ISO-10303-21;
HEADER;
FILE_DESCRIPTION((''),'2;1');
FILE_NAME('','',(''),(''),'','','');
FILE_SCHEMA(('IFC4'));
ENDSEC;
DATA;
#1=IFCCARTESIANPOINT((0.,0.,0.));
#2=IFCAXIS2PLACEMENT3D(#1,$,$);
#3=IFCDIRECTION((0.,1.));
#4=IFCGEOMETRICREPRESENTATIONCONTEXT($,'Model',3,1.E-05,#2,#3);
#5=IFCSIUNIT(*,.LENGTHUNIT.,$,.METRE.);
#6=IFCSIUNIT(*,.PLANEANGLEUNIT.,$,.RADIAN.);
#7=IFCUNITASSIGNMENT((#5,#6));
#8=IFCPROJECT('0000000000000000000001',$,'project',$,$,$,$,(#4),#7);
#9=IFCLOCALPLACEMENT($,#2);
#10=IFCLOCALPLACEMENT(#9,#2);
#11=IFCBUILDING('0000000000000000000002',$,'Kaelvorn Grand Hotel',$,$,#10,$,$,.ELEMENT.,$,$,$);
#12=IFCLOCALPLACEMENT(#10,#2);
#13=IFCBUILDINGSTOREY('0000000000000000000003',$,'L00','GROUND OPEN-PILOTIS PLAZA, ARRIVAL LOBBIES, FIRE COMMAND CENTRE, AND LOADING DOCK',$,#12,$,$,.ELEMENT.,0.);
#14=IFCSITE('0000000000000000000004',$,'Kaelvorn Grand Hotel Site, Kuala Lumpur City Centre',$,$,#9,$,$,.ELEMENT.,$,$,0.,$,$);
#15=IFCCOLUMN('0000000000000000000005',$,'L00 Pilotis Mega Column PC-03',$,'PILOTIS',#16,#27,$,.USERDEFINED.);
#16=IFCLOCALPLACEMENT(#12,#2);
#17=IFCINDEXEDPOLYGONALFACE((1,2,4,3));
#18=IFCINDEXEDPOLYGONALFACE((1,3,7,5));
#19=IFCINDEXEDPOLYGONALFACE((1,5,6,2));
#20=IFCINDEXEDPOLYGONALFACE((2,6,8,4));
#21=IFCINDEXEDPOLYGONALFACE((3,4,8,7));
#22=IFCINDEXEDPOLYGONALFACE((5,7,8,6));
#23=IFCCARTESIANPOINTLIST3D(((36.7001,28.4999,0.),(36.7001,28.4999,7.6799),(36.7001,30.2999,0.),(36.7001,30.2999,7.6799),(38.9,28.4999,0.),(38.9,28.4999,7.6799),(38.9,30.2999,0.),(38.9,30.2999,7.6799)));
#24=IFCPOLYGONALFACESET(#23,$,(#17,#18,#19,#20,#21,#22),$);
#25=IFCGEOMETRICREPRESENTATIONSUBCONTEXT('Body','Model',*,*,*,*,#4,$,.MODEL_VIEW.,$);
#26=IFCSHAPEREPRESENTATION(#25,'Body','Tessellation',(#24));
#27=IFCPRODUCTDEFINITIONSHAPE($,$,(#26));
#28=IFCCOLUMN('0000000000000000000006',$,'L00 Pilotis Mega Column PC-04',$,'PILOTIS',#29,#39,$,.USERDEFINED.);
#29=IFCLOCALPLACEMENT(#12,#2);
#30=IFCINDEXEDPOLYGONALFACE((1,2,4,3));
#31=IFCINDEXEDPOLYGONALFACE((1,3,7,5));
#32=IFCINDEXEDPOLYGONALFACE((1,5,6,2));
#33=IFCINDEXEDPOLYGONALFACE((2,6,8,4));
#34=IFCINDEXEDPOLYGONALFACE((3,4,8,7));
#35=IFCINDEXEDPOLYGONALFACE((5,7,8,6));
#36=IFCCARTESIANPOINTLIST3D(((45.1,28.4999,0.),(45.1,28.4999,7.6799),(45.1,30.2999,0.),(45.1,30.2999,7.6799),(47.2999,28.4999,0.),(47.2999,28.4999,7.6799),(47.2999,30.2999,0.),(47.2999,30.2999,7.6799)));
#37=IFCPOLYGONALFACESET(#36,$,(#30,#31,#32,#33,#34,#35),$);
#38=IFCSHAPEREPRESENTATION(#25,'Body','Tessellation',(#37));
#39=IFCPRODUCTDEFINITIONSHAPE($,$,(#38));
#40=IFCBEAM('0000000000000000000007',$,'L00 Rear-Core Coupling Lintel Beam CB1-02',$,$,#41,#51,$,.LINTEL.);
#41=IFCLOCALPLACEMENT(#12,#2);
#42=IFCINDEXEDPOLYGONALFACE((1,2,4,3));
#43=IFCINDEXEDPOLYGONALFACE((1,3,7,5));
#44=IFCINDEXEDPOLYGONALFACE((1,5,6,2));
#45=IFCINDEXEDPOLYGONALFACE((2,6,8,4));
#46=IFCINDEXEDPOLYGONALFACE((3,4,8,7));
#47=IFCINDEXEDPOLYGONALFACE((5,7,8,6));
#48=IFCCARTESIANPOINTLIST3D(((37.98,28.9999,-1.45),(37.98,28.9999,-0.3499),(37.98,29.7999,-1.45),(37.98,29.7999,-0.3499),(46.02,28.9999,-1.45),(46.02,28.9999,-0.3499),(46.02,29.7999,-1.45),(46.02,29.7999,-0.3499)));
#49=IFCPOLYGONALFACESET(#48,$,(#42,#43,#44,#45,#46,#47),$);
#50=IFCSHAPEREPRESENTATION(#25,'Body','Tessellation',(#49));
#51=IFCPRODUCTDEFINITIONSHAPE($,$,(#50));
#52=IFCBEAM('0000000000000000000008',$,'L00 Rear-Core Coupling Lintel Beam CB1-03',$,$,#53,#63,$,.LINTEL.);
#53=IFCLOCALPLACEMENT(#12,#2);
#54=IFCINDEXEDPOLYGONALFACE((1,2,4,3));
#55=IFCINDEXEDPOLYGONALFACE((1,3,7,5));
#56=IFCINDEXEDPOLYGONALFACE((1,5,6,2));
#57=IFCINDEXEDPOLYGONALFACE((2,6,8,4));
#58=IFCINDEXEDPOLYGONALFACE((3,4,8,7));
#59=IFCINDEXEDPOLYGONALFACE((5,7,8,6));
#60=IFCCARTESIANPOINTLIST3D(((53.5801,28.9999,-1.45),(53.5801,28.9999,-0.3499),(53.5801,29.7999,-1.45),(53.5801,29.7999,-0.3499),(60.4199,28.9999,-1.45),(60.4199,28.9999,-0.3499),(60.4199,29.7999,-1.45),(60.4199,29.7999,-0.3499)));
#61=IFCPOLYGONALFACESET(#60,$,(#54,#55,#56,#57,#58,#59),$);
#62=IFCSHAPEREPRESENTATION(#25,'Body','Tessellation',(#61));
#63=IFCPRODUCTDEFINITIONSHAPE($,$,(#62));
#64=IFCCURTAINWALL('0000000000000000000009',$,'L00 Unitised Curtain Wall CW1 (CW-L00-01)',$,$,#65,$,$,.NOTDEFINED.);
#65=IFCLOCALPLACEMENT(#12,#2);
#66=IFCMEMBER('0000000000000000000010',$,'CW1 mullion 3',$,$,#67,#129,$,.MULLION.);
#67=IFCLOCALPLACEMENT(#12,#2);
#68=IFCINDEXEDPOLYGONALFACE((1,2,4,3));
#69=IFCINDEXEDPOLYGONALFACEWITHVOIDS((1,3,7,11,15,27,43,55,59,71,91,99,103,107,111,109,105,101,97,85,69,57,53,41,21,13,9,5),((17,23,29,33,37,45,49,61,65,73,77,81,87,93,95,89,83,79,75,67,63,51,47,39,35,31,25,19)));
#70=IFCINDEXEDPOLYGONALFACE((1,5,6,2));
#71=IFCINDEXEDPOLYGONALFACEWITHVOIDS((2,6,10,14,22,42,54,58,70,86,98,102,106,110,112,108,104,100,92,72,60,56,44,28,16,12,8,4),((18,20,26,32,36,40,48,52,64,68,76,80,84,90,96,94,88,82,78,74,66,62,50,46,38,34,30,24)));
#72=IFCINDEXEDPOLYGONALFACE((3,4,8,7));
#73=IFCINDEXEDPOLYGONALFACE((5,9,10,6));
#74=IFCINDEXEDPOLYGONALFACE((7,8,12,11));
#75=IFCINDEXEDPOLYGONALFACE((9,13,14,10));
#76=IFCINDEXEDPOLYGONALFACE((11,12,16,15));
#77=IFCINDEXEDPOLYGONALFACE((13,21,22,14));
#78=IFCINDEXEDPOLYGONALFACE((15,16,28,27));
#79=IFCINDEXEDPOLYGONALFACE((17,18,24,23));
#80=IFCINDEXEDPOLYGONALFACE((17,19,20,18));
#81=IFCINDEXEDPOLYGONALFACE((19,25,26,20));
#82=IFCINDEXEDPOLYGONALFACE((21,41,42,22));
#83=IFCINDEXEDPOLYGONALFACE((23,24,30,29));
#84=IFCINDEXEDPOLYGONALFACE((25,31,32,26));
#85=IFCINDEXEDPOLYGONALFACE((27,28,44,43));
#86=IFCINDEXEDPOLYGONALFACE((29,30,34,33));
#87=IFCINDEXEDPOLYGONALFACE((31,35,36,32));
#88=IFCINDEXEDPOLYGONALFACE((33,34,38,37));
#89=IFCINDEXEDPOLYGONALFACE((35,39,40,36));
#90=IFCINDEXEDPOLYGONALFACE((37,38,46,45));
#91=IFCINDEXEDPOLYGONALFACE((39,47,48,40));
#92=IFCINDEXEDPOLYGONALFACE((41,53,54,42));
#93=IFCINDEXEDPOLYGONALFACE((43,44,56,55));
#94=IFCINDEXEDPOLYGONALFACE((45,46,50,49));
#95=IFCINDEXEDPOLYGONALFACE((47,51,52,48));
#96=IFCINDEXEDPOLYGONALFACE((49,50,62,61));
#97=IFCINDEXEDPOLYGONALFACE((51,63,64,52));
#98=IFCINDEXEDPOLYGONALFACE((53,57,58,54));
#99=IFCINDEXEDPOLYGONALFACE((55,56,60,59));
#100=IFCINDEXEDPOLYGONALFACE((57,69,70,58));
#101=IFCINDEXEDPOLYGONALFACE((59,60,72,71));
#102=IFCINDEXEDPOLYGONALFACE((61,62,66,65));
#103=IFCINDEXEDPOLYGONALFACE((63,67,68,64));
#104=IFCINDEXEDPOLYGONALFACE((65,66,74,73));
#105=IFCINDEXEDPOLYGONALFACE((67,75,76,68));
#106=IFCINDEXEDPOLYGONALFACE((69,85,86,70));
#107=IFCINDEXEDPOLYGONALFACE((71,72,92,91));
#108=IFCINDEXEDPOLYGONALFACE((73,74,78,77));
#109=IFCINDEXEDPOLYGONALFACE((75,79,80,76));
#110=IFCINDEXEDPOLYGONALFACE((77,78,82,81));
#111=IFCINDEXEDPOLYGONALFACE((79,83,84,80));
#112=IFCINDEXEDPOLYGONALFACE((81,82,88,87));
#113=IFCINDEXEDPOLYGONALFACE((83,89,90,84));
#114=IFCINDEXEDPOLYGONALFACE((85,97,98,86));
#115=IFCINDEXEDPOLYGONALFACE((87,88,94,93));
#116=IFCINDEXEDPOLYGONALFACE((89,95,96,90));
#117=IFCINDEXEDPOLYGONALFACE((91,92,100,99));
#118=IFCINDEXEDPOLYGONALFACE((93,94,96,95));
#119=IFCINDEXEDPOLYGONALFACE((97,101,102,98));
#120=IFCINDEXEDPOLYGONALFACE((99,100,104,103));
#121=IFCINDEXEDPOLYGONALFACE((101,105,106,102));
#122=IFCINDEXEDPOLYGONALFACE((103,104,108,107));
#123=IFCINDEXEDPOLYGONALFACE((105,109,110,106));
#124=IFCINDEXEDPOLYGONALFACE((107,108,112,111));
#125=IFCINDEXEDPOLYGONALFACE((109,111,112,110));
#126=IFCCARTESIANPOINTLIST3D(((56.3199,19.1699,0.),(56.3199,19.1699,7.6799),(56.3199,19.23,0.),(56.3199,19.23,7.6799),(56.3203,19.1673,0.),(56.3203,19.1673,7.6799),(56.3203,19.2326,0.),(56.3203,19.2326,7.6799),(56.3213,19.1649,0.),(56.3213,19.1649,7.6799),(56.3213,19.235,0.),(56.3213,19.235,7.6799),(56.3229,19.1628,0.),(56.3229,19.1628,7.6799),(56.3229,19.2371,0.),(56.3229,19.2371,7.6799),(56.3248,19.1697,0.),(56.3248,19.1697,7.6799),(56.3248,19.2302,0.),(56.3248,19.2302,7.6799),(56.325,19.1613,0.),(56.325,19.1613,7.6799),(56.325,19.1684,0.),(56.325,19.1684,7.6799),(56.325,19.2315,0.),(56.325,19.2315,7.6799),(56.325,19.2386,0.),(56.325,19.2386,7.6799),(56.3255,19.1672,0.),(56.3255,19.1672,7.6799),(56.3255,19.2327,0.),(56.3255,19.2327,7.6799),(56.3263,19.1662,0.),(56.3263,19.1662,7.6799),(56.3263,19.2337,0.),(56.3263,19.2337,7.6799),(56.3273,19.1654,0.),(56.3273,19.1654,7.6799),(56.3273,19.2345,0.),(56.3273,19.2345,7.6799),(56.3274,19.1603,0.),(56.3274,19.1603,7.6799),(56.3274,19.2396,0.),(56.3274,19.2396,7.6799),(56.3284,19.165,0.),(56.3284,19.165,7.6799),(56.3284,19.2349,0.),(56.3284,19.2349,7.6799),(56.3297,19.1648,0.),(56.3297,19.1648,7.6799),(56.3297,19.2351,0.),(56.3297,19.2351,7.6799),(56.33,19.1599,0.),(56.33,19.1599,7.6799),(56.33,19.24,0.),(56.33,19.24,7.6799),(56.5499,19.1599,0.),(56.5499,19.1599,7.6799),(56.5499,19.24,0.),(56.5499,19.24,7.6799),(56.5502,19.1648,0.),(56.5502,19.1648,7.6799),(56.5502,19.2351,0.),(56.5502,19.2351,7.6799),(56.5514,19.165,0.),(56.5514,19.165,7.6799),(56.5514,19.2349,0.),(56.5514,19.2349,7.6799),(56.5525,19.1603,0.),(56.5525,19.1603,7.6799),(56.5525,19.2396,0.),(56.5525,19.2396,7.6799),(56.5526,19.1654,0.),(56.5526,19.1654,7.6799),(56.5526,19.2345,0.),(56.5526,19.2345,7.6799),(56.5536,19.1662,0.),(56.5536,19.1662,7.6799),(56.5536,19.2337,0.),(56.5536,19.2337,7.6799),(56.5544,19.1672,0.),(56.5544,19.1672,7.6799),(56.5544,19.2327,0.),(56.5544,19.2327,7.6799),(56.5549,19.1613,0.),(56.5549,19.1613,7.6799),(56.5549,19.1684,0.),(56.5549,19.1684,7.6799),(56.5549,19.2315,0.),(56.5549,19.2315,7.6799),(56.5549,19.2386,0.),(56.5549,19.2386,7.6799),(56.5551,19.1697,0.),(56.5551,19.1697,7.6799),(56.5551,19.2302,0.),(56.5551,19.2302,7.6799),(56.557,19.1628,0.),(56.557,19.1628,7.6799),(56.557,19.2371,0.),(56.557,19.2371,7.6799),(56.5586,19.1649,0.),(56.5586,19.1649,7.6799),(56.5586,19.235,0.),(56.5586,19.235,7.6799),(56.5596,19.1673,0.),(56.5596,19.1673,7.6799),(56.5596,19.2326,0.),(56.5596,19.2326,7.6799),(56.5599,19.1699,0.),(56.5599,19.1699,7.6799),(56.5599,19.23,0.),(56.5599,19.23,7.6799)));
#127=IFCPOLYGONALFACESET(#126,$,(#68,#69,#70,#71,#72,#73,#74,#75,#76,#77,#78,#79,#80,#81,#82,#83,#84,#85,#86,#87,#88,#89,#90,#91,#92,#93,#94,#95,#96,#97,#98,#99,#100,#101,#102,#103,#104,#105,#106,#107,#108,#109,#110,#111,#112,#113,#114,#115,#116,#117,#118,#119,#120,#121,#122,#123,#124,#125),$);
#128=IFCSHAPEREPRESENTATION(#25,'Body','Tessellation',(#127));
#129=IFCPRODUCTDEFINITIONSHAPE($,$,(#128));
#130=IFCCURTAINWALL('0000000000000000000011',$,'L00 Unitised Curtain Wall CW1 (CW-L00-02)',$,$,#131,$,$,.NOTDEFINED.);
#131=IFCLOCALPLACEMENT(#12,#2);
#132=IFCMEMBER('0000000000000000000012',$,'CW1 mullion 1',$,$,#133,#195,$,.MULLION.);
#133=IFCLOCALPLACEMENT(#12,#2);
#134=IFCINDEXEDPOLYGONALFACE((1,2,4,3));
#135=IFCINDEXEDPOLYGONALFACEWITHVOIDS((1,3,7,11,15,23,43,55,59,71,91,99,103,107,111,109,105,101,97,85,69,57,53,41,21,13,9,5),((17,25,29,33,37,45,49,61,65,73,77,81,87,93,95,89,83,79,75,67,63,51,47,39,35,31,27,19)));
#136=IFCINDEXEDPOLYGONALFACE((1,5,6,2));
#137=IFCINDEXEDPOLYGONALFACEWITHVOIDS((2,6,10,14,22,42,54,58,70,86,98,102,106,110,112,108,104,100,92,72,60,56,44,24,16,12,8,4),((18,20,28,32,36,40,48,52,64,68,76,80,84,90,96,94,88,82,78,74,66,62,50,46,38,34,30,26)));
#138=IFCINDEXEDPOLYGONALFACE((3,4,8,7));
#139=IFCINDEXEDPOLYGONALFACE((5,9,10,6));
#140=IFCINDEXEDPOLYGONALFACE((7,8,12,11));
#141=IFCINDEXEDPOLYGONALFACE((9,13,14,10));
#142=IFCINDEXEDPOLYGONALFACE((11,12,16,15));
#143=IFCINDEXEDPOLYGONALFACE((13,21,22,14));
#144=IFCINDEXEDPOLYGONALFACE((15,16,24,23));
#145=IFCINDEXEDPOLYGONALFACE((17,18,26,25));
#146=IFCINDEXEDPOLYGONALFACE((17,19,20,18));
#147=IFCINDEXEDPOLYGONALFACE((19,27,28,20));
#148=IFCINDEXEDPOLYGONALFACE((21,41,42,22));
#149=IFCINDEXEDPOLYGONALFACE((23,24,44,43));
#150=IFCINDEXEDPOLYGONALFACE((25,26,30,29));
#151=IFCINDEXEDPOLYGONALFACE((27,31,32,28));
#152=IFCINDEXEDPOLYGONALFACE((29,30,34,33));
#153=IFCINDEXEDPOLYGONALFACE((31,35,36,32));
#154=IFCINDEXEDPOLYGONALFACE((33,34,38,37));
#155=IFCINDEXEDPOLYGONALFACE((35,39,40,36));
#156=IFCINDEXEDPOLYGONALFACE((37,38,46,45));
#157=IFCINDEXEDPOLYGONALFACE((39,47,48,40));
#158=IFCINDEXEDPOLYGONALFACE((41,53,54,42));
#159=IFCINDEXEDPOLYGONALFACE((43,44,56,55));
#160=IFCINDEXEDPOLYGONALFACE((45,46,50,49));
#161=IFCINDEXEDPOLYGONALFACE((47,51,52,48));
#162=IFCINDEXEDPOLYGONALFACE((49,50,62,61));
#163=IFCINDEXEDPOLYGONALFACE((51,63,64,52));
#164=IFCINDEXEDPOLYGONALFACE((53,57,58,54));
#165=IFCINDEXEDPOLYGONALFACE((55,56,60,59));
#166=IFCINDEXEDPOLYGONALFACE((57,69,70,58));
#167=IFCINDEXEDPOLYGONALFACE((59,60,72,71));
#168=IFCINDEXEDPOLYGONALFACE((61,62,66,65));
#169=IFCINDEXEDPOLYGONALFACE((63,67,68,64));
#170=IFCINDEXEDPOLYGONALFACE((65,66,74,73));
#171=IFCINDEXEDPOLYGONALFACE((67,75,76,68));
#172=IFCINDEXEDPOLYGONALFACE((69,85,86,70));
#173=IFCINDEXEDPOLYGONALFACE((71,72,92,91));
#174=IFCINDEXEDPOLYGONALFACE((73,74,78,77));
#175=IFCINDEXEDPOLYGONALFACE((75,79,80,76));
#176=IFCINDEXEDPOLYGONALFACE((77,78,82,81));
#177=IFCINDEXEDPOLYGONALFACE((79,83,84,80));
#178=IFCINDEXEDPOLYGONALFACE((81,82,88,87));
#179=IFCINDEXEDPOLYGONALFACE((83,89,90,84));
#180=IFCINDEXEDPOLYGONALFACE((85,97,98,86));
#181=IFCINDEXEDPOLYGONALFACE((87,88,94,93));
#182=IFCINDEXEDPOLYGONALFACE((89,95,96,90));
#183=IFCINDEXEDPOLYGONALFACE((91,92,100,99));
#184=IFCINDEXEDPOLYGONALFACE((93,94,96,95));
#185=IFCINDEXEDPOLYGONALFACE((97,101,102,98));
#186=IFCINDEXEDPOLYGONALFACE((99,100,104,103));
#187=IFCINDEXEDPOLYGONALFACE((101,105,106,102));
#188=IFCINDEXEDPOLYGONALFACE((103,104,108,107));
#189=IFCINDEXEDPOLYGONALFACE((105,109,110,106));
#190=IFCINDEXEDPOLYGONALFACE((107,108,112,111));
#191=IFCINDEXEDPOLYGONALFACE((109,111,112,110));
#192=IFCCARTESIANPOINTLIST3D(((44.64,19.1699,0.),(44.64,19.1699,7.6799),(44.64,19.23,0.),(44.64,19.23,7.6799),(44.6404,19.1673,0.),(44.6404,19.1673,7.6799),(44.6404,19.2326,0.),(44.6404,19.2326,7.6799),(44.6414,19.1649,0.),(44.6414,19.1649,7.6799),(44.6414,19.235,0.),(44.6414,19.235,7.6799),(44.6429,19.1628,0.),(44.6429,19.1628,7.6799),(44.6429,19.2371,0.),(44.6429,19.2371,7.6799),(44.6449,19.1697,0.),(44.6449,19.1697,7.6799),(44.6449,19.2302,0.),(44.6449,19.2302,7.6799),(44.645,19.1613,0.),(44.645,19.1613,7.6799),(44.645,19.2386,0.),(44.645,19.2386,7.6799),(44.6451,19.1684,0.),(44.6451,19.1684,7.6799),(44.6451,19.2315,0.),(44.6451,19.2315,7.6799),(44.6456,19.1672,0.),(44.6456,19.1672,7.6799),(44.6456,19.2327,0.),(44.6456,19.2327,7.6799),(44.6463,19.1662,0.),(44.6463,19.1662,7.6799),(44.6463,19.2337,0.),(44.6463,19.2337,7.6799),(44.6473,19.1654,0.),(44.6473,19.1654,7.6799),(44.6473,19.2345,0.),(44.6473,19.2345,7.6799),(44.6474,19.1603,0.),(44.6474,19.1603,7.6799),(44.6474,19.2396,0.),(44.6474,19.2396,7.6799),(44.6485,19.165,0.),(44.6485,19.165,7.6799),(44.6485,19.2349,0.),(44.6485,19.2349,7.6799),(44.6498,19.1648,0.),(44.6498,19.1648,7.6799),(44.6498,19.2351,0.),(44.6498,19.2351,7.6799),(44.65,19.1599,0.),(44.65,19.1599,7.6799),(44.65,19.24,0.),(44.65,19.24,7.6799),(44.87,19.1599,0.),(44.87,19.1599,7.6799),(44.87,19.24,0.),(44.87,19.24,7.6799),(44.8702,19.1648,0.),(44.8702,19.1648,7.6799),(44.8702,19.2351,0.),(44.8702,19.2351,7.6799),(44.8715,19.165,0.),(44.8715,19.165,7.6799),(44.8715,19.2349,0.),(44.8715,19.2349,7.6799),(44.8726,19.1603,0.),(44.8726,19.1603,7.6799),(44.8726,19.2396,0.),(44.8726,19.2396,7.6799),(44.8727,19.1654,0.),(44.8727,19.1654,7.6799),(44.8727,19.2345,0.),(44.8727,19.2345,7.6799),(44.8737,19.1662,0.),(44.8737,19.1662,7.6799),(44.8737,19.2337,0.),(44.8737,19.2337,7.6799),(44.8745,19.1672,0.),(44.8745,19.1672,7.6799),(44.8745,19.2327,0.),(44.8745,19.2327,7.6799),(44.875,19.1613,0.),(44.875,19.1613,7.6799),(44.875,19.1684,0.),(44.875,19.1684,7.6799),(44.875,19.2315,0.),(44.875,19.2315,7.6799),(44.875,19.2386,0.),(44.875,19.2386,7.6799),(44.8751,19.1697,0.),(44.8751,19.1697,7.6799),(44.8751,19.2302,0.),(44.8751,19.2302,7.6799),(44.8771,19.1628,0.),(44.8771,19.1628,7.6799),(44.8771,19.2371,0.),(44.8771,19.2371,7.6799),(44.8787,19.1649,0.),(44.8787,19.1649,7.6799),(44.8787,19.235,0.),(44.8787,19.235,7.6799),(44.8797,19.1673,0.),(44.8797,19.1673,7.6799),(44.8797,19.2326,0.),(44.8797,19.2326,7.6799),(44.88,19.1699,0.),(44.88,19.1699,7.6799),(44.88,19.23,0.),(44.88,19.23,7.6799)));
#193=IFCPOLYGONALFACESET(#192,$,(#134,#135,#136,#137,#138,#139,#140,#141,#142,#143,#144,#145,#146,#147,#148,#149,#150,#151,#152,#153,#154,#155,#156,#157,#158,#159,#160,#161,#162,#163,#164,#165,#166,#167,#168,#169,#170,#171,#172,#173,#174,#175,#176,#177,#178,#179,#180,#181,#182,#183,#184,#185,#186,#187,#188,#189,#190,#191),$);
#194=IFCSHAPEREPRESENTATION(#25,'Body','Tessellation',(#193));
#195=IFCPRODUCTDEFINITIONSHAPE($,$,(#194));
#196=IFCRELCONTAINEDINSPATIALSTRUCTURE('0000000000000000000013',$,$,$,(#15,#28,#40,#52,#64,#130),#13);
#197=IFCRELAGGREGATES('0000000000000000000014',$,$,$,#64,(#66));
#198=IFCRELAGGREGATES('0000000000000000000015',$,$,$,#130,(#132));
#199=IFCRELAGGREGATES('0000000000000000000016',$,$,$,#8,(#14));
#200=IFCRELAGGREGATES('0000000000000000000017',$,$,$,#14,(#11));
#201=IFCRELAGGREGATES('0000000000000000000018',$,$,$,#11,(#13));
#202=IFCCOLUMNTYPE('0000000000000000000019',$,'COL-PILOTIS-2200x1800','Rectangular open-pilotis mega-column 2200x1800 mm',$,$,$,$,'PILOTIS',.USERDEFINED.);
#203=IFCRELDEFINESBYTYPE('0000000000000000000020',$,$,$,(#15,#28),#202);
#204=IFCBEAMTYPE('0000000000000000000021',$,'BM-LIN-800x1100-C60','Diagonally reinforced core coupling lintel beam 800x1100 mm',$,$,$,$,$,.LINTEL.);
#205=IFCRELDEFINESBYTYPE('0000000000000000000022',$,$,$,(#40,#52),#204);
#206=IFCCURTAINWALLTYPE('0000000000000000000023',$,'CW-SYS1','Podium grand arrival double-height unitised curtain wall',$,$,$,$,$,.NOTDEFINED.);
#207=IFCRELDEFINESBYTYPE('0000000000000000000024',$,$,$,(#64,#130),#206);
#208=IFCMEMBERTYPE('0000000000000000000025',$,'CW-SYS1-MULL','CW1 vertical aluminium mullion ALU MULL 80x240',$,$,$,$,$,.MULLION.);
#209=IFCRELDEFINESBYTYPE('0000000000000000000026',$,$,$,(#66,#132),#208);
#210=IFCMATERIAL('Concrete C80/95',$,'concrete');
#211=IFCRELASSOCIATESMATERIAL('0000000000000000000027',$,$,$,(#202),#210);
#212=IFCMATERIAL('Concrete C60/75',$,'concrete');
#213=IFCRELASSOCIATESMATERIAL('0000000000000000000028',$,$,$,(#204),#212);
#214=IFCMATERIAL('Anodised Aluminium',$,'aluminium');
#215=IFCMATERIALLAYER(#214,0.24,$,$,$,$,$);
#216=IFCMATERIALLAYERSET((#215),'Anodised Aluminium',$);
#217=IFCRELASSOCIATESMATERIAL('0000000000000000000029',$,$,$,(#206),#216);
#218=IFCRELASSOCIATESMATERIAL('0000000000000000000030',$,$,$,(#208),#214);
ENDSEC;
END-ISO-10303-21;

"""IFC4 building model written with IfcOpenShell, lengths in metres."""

from ifc_helpers import new_model, si_unit, direction, frame, origin, origin_2d, place, context, subcontext, project, spatial, rectangle, hollow_rectangle, extrude, material, layer, layer_set, material_profile, profile_set, type_object, element, aggregate, save


model = new_model("IFC4")

# Units and contexts
model_context = context("Model", 3, precision=1e-05, world=origin(), true_north=direction((0.0, 1.0)))
body_context = subcontext(model_context, "Body", "Model", "MODEL_VIEW")
ifc_project = project(units=[si_unit("LENGTHUNIT", "METRE"), si_unit("PLANEANGLEUNIT", "RADIAN")], contexts=[model_context])

# Site, building, storey
site_placement = place(None, origin())
site = spatial("IfcSite", under=ifc_project, at=site_placement, Name="Kaelvorn Grand Hotel Site, Kuala Lumpur City Centre", CompositionType="ELEMENT", RefElevation=0.0)
building_placement = place(site_placement, origin())
building = spatial("IfcBuilding", under=site, at=building_placement, Name="Kaelvorn Grand Hotel", CompositionType="ELEMENT")
storey_placement = place(building_placement, origin())
storey = spatial("IfcBuildingStorey", under=building, at=storey_placement, Name="L00", Description="GROUND OPEN-PILOTIS PLAZA, ARRIVAL LOBBIES, FIRE COMMAND CENTRE, AND LOADING DOCK", CompositionType="ELEMENT", Elevation=0.0)

# Columns
ifc_material_1 = material(Name="Concrete C80/95", Category="concrete")
ifc_material_profile_1 = material_profile(ifc_material_1, rectangle(XDim=2.2, YDim=1.8, at=origin_2d()), Name="PILOTIS 2200x1800")
ifc_profile_set_1 = profile_set([ifc_material_profile_1], Name="Concrete C80/95")
column_type = type_object("IfcColumnType", Name="COL-PILOTIS-2200x1800", Description="Rectangular open-pilotis mega-column 2200x1800 mm", ElementType="PILOTIS", PredefinedType="USERDEFINED", material=ifc_profile_set_1)
for number, where, z_axis, x_axis, name in (
    (1, (37.8, 29.3999, 0.0), (0.0, 0.0, 1.0), (1.0, 0.0, 0.0), "L00 Pilotis Mega Column PC-03"),
    (2, (46.2, 29.3999, 0.0), (0.0, 0.0, 1.0), (1.0, 0.0, 0.0), "L00 Pilotis Mega Column PC-04"),
):
    element("IfcColumn", number, at=place(storey_placement, frame(where, z_axis=z_axis, x_axis=x_axis)), inside=storey, type_object=column_type, Name=name, ObjectType="PILOTIS", PredefinedType="USERDEFINED", context=body_context, shape_type="SweptSolid", body=[
        extrude(rectangle(XDim=2.2, YDim=1.8, at=origin_2d()), origin(), (0.0, 0.0, 1.0), 7.6799),
    ])

# Beams
ifc_material_2 = material(Name="Concrete C60/75", Category="concrete")
ifc_material_profile_2 = material_profile(ifc_material_2, rectangle(XDim=0.8, YDim=1.1001, at=origin_2d()), Name="RC LINTEL 800x1100")
ifc_profile_set_2 = profile_set([ifc_material_profile_2], Name="Concrete C60/75")
beam_type = type_object("IfcBeamType", Name="BM-LIN-800x1100-C60", Description="Diagonally reinforced core coupling lintel beam 800x1100 mm", PredefinedType="LINTEL", material=ifc_profile_set_2)
beam_1_placement = place(storey_placement, frame((37.98, 29.3999, -0.8999), z_axis=(1.0, 0.0, 0.0), x_axis=(0.0, 1.0, 0.0)))
element("IfcBeam", 3, at=beam_1_placement, inside=storey, type_object=beam_type, Name="L00 Rear-Core Coupling Lintel Beam CB1-02", PredefinedType="LINTEL", context=body_context, shape_type="SweptSolid", body=[
    extrude(rectangle(XDim=0.8, YDim=1.1001, at=origin_2d()), origin(), (0.0, 0.0, 1.0), 8.04),
])
beam_2_placement = place(storey_placement, frame((53.5801, 29.3999, -0.8999), z_axis=(1.0, 0.0, 0.0), x_axis=(0.0, 1.0, 0.0)))
element("IfcBeam", 4, at=beam_2_placement, inside=storey, type_object=beam_type, Name="L00 Rear-Core Coupling Lintel Beam CB1-03", PredefinedType="LINTEL", context=body_context, shape_type="SweptSolid", body=[
    extrude(rectangle(XDim=0.8, YDim=1.1001, at=origin_2d()), origin(), (0.0, 0.0, 1.0), 6.8398),
])

# Curtain wall, member
ifc_material_3 = material(Name="Anodised Aluminium", Category="aluminium")
ifc_layer_1 = layer(ifc_material_3, 0.24)
ifc_layer_set_1 = layer_set([ifc_layer_1], Name="Anodised Aluminium")
curtain_wall_type = type_object("IfcCurtainWallType", Name="CW-SYS1", Description="Podium grand arrival double-height unitised curtain wall", PredefinedType="NOTDEFINED", material=ifc_layer_set_1)
curtain_wall_1_placement = place(storey_placement, origin())
curtain_wall_1 = element("IfcCurtainWall", 5, at=curtain_wall_1_placement, inside=storey, type_object=curtain_wall_type, Name="L00 Unitised Curtain Wall CW1 (CW-L00-01)", PredefinedType="NOTDEFINED")
ifc_material_profile_3 = material_profile(ifc_material_3, hollow_rectangle(XDim=0.0801, YDim=0.24, WallThickness=0.0049, InnerFilletRadius=0.0049, OuterFilletRadius=0.01, at=origin_2d()), Name="ALU MULL 80x240")
ifc_profile_set_3 = profile_set([ifc_material_profile_3], Name="Anodised Aluminium")
member_type_1 = type_object("IfcMemberType", Name="CW-SYS1-MULL", Description="CW1 vertical aluminium mullion ALU MULL 80x240", PredefinedType="MULLION", material=ifc_profile_set_3)
member_1_placement = place(storey_placement, frame((56.4399, 19.2, 0.0), z_axis=(0.0, 0.0, 1.0), x_axis=(0.0, -1.0, 0.0)))
member_1 = element("IfcMember", 6, at=member_1_placement, type_object=member_type_1, Name="CW1 mullion 3", PredefinedType="MULLION", context=body_context, shape_type="SweptSolid", body=[
    extrude(hollow_rectangle(XDim=0.0801, YDim=0.24, WallThickness=0.0049, InnerFilletRadius=0.0049, OuterFilletRadius=0.01, at=origin_2d()), origin(), (0.0, 0.0, 1.0), 7.6799),
])

# Curtain wall, member
curtain_wall_2_placement = place(storey_placement, origin())
curtain_wall_2 = element("IfcCurtainWall", 7, at=curtain_wall_2_placement, inside=storey, type_object=curtain_wall_type, Name="L00 Unitised Curtain Wall CW1 (CW-L00-02)", PredefinedType="NOTDEFINED")
member_2_placement = place(storey_placement, frame((44.76, 19.2, 0.0), z_axis=(0.0, 0.0, 1.0), x_axis=(0.0, -1.0, 0.0)))
member_2 = element("IfcMember", 8, at=member_2_placement, type_object=member_type_1, Name="CW1 mullion 1", PredefinedType="MULLION", context=body_context, shape_type="SweptSolid", body=[
    extrude(hollow_rectangle(XDim=0.0801, YDim=0.24, WallThickness=0.0049, InnerFilletRadius=0.0049, OuterFilletRadius=0.01, at=origin_2d()), origin(), (0.0, 0.0, 1.0), 7.6799),
])

aggregate(curtain_wall_1, [member_1])
aggregate(curtain_wall_2, [member_2])

save(model, "model.ifc")
